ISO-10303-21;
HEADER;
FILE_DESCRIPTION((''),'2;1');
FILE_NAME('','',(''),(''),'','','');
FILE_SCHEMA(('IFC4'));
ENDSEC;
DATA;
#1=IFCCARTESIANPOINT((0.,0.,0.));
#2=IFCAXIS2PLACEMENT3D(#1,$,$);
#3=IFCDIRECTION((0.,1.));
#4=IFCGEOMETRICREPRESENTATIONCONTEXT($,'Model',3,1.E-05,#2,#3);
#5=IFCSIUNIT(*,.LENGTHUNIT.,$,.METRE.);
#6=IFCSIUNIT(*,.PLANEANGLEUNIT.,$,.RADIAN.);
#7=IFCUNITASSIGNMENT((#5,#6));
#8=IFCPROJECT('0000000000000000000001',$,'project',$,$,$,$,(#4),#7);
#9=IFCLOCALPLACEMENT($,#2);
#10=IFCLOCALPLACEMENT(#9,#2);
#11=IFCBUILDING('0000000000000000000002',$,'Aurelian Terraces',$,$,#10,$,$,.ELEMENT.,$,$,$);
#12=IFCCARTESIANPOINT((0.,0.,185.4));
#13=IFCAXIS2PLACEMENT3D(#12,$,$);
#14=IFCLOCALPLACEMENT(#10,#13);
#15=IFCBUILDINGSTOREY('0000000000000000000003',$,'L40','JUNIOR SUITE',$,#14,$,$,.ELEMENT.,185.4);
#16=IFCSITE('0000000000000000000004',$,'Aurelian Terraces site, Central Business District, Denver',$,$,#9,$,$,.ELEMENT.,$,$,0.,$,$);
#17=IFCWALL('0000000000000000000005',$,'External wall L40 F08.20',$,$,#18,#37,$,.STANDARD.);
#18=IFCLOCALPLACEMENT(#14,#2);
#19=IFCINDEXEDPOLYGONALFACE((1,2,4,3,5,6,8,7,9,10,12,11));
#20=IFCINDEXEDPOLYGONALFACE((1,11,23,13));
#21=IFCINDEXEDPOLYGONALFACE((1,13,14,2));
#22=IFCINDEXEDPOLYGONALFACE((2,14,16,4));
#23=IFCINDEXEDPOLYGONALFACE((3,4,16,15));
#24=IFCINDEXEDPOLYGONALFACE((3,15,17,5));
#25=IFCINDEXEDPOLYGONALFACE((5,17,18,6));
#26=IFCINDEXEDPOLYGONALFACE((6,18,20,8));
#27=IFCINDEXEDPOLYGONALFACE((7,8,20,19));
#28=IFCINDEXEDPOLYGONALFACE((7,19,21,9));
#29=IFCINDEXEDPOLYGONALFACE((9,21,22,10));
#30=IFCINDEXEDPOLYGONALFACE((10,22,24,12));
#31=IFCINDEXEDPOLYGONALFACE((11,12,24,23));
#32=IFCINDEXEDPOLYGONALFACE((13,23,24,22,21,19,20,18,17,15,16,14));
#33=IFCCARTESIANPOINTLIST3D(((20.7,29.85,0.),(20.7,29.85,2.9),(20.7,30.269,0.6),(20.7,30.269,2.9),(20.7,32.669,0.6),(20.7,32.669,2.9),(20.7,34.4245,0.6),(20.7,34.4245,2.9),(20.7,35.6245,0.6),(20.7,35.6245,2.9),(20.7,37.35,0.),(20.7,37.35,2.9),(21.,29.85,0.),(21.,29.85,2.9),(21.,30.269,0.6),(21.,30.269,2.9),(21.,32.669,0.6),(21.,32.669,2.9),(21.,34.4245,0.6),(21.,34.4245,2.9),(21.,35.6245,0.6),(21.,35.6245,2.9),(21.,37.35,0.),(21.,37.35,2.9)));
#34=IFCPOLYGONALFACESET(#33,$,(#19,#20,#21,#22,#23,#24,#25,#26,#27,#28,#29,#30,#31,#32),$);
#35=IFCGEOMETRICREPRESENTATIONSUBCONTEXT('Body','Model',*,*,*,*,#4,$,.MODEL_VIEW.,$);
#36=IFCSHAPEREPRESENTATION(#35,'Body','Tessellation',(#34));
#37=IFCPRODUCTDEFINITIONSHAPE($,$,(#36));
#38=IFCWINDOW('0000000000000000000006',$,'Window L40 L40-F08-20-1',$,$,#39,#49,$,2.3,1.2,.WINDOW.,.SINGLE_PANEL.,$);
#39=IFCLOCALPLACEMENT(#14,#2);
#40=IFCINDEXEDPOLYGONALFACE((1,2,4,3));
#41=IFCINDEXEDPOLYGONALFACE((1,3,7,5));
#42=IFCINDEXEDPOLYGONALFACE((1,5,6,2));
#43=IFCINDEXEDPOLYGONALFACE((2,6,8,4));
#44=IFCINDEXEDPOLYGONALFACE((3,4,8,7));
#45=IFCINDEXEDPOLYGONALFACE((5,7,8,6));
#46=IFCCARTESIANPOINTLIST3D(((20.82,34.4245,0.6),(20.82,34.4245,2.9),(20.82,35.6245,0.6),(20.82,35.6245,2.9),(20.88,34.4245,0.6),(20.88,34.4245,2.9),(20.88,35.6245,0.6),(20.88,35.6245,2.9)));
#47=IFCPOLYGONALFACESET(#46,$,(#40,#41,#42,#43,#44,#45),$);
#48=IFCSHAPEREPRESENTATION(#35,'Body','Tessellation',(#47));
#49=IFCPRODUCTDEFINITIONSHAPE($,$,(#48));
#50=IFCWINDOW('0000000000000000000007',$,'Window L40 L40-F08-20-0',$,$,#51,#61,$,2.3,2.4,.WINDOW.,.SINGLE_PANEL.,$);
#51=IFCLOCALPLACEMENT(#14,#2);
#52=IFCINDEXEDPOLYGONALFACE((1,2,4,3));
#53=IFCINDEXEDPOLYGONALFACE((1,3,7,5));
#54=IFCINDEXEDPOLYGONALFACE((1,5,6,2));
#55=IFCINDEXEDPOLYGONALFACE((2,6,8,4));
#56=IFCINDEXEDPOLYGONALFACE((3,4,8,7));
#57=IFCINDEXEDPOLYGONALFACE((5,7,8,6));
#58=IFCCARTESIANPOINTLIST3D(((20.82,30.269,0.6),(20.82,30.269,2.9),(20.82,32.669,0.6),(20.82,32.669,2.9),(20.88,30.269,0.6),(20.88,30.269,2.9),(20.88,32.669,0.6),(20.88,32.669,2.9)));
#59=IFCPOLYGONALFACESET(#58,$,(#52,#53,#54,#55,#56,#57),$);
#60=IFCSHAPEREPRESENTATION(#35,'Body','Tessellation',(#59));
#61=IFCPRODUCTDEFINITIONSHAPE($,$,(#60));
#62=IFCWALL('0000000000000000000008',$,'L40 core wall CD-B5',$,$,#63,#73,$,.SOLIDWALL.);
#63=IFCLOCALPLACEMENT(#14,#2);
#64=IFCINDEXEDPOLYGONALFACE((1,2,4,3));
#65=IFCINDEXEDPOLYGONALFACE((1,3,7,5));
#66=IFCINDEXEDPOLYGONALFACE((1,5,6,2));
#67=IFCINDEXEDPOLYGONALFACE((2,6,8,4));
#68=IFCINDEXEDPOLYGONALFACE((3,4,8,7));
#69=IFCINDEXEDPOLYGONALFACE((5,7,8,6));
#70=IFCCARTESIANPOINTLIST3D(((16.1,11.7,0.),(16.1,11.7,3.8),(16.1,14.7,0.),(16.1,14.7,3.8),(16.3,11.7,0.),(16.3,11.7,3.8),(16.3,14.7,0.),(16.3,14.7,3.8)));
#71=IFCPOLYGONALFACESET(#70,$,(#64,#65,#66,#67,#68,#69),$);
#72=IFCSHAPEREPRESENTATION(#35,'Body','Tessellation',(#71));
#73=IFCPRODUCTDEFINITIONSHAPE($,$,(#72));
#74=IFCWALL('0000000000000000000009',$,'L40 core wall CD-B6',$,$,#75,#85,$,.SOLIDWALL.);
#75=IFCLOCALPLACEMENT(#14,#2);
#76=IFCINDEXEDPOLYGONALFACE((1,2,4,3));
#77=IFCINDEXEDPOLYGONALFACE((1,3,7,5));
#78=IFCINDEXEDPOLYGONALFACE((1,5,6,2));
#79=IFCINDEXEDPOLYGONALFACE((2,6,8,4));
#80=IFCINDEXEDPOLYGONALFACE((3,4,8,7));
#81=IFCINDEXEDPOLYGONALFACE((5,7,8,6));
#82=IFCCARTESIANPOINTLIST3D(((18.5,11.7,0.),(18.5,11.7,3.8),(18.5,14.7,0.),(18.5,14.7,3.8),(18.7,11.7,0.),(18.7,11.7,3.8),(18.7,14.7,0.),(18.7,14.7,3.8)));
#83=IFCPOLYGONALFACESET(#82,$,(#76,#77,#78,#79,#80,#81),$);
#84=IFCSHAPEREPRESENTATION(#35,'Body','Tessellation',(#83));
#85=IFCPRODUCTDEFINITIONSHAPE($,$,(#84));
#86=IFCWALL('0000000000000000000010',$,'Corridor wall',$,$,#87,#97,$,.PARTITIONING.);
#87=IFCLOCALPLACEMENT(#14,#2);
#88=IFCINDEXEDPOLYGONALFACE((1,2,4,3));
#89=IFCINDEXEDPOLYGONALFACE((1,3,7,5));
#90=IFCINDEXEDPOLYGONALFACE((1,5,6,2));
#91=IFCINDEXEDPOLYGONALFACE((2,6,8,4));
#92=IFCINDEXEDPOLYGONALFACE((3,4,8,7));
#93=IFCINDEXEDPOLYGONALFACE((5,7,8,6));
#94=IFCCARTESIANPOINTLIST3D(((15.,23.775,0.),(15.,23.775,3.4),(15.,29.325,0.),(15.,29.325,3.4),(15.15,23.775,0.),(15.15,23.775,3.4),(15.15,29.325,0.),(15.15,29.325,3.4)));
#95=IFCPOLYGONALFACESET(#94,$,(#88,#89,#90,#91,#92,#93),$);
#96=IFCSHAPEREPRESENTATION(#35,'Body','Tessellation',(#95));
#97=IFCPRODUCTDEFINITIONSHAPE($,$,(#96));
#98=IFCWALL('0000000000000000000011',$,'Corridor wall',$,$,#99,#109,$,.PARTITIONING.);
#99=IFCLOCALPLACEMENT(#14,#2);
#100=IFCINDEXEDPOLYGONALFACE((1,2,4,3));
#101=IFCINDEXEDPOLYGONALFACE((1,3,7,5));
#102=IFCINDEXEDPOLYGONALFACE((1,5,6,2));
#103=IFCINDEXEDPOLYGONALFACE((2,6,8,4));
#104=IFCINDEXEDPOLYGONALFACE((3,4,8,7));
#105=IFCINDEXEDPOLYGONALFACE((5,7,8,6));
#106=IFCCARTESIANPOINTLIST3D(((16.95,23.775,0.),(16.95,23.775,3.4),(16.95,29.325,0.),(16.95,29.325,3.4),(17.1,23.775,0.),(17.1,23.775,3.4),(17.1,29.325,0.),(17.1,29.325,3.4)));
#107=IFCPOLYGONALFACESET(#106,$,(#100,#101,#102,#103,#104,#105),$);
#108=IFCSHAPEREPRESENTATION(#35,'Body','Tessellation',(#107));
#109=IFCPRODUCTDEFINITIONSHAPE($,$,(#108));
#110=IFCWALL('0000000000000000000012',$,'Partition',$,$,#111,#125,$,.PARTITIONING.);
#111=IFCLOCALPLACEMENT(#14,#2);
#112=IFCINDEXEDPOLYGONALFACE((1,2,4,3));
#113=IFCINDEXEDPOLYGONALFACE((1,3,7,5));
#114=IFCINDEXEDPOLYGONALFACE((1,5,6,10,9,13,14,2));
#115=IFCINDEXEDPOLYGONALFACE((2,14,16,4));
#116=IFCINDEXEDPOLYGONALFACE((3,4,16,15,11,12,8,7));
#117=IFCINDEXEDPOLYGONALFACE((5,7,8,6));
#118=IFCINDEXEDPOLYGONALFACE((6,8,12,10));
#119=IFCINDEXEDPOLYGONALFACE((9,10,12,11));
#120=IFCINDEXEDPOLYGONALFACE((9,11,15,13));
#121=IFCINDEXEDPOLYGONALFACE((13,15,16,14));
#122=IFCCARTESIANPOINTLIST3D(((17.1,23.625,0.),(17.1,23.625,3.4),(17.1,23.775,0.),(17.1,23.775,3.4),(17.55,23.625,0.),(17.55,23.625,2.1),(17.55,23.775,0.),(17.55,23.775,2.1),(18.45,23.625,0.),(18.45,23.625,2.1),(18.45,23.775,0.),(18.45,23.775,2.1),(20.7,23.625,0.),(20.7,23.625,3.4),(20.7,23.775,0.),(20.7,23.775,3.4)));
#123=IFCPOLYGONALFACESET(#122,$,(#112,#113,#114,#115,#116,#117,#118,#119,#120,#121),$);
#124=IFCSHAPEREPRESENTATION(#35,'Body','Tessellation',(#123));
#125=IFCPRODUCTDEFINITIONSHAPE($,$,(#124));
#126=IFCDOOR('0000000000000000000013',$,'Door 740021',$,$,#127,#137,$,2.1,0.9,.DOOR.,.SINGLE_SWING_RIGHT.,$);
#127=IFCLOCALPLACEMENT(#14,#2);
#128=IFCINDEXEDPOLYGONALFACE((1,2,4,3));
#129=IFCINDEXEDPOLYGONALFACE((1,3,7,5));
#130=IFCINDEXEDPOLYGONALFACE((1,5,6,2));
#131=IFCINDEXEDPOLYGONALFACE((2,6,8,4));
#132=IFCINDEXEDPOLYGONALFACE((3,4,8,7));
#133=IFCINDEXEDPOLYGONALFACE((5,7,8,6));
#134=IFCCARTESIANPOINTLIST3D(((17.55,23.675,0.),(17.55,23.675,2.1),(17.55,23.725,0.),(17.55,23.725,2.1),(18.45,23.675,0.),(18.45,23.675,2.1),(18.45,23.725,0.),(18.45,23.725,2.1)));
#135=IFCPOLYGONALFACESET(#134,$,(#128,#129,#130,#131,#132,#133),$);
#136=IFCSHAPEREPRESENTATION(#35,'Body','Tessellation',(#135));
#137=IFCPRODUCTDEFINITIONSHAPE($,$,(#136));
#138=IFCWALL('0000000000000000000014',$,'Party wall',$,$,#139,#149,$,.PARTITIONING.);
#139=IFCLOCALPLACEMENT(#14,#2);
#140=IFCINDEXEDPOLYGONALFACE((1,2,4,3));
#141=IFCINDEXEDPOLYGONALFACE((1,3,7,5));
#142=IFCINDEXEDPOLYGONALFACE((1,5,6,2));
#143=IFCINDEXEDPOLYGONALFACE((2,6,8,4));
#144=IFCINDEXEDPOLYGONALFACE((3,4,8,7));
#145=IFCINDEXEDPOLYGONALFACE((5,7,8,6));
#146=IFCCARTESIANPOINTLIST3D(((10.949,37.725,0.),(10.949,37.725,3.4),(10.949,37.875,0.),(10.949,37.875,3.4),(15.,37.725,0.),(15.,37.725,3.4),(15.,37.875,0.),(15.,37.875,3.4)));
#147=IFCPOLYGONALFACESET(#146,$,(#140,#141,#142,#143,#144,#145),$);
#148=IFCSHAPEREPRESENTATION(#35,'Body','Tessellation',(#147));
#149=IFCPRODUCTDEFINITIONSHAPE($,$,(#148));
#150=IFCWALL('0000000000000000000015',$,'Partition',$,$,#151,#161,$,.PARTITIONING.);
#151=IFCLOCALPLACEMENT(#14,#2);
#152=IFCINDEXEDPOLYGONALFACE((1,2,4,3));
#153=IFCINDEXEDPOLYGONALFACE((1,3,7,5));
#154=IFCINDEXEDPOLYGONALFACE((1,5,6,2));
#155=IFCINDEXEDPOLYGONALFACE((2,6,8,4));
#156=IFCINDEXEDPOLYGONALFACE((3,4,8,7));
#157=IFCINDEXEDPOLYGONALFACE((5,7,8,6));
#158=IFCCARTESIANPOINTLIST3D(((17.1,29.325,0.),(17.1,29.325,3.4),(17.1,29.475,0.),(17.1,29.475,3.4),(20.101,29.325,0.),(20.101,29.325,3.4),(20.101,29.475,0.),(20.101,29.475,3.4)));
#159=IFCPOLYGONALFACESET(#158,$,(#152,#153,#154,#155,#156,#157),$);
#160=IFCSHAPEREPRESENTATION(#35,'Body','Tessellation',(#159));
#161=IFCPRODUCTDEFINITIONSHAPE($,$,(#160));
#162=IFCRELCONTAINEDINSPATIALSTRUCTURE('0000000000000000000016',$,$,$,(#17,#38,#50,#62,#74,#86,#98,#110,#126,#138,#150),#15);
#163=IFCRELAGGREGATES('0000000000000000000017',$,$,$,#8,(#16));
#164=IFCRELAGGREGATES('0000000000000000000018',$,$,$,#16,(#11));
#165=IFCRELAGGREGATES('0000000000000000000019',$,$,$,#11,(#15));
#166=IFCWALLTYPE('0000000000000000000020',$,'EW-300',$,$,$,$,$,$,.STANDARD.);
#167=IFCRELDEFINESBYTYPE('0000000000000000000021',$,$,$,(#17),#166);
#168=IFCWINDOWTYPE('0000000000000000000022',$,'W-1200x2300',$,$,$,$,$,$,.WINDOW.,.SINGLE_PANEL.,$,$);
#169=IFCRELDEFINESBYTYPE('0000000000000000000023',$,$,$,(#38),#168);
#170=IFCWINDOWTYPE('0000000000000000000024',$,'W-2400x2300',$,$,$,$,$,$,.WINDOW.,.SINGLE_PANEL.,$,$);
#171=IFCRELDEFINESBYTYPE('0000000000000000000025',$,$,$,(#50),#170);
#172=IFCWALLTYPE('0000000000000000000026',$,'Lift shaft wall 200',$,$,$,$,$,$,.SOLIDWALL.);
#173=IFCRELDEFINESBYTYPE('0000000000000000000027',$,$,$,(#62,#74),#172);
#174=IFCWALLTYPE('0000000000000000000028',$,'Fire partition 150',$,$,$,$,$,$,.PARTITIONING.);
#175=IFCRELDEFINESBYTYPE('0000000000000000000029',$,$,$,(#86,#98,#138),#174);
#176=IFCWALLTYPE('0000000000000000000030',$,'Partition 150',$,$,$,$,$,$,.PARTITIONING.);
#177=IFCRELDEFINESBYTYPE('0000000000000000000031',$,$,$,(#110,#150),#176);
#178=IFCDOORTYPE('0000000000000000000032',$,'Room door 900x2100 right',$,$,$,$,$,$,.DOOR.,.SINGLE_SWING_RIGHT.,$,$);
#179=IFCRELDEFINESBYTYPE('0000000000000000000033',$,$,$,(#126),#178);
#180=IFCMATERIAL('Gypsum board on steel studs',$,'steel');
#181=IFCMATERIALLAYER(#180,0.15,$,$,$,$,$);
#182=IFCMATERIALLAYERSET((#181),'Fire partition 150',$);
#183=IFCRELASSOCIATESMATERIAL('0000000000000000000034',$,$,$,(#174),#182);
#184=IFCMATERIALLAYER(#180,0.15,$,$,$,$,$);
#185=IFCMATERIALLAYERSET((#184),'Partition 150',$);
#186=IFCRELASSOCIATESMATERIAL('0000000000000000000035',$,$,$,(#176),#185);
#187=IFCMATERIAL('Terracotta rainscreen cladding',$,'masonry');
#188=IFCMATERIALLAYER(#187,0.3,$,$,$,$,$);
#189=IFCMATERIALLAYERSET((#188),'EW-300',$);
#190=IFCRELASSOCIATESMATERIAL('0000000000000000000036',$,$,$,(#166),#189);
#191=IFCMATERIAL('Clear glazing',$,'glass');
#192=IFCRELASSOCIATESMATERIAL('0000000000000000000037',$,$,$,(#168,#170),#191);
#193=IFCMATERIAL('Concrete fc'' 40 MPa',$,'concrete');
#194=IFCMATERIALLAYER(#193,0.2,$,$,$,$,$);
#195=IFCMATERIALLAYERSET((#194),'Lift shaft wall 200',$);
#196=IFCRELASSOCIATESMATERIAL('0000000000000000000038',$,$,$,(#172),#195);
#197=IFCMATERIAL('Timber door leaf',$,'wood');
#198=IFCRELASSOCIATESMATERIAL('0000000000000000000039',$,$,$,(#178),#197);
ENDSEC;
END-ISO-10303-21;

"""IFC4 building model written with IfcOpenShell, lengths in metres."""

from ifc_helpers import new_model, si_unit, direction, frame, frame_2d, origin, place, context, subcontext, project, spatial, rectangle, extrude, source, transform, mapped, material, layer, layer_set, type_object, element, fill, save


model = new_model("IFC4")

# Units and contexts
model_context = context("Model", 3, precision=1e-05, world=origin(), true_north=direction((0.0, 1.0)))
body_context = subcontext(model_context, "Body", "Model", "MODEL_VIEW")
ifc_project = project(units=[si_unit("LENGTHUNIT", "METRE"), si_unit("PLANEANGLEUNIT", "RADIAN")], contexts=[model_context])

# Site, building, storey
site_placement = place(None, origin())
site = spatial("IfcSite", under=ifc_project, at=site_placement, Name="Aurelian Terraces site, Central Business District, Denver", CompositionType="ELEMENT", RefElevation=0.0)
building_placement = place(site_placement, origin())
building = spatial("IfcBuilding", under=site, at=building_placement, Name="Aurelian Terraces", CompositionType="ELEMENT")
storey_placement = place(building_placement, frame((0.0, 0.0, 185.4)))
storey = spatial("IfcBuildingStorey", under=building, at=storey_placement, Name="L40", Description="JUNIOR SUITE", CompositionType="ELEMENT", Elevation=185.4)

# Shared definitions
ifc_material_1 = material(Name="Concrete fc' 40 MPa", Category="concrete")

# Shared definitions
ifc_material_2 = material(Name="Gypsum board on steel studs", Category="steel")
ifc_layer_1 = layer(ifc_material_2, 0.15)
ifc_layer_set_1 = layer_set([ifc_layer_1], Name="Fire partition 150")
wall_type_1 = type_object("IfcWallType", Name="Fire partition 150", PredefinedType="PARTITIONING", material=ifc_layer_set_1)
shared_shape_1 = source(origin(), body_context, "Body", "SweptSolid", [
    extrude(rectangle(XDim=0.9, YDim=2.1, at=frame_2d((0.45, 1.05))), frame((0.0, 0.085, 0.0), z_axis=(0.0, -1.0, 0.0), x_axis=(1.0, 0.0, 0.0)), (0.0, 0.0, 1.0), 0.17),
])
shared_shape_2 = source(origin(), body_context, "Body", "SweptSolid", [
    extrude(rectangle(XDim=0.9, YDim=2.1, at=frame_2d((0.45, 1.05))), frame((0.0, 0.025, 0.0), z_axis=(0.0, -1.0, 0.0), x_axis=(1.0, 0.0, 0.0)), (0.0, 0.0, 1.0), 0.05),
])

# Shared definitions
ifc_layer_2 = layer(ifc_material_2, 0.15)
ifc_layer_set_2 = layer_set([ifc_layer_2], Name="Partition 150")
wall_type_2 = type_object("IfcWallType", Name="Partition 150", PredefinedType="PARTITIONING", material=ifc_layer_set_2)

# Shared definitions
ifc_material_3 = material(Name="Terracotta rainscreen cladding", Category="masonry")
ifc_layer_3 = layer(ifc_material_3, 0.3)
ifc_layer_set_3 = layer_set([ifc_layer_3], Name="EW-300")
wall_type_3 = type_object("IfcWallType", Name="EW-300", PredefinedType="STANDARD", material=ifc_layer_set_3)
ifc_material_4 = material(Name="Clear glazing", Category="glass")

# Wall, openings, windows
shared_shape_3 = source(origin(), body_context, "Body", "SweptSolid", [
    extrude(rectangle(XDim=7.5, YDim=0.3, at=frame_2d((3.75, 0.0))), origin(), (0.0, 0.0, 1.0), 2.9),
])
wall_1_placement = place(storey_placement, frame((20.85, 29.85, 0.0), z_axis=(0.0, 0.0, 1.0), x_axis=(0.0, 1.0, 0.0)))
wall_1 = element("IfcWall", 1, at=wall_1_placement, inside=storey, type_object=wall_type_3, Name="External wall L40 F08.20", PredefinedType="STANDARD", context=body_context, shape_type="MappedRepresentation", body=[
    mapped(shared_shape_3, transform((0.0, 0.0, 0.0), scale=1.0)),
])
shared_shape_4 = source(origin(), body_context, "Body", "SweptSolid", [
    extrude(rectangle(XDim=2.4, YDim=2.3, at=frame_2d((1.2, 1.15))), frame((0.0, 0.16, 0.0), z_axis=(0.0, -1.0, 0.0), x_axis=(1.0, 0.0, 0.0)), (0.0, 0.0, 1.0), 0.32),
])
opening_1_placement = place(wall_1_placement, frame((0.419, 0.0, 0.6)))
opening_1 = element("IfcOpeningElement", 2, at=opening_1_placement, cuts=wall_1, PredefinedType="OPENING", context=body_context, shape_type="MappedRepresentation", body=[
    mapped(shared_shape_4, transform((0.0, 0.0, 0.0), scale=1.0)),
])
shared_shape_5 = source(origin(), body_context, "Body", "SweptSolid", [
    extrude(rectangle(XDim=1.2, YDim=2.3, at=frame_2d((0.6, 1.15))), frame((0.0, 0.16, 0.0), z_axis=(0.0, -1.0, 0.0), x_axis=(1.0, 0.0, 0.0)), (0.0, 0.0, 1.0), 0.32),
])
opening_2_placement = place(wall_1_placement, frame((4.5745, 0.0, 0.6)))
opening_2 = element("IfcOpeningElement", 3, at=opening_2_placement, cuts=wall_1, PredefinedType="OPENING", context=body_context, shape_type="MappedRepresentation", body=[
    mapped(shared_shape_5, transform((0.0, 0.0, 0.0), scale=1.0)),
])
window_type_1 = type_object("IfcWindowType", Name="W-1200x2300", PartitioningType="SINGLE_PANEL", PredefinedType="WINDOW", material=ifc_material_4)
shared_shape_6 = source(origin(), body_context, "Body", "SweptSolid", [
    extrude(rectangle(XDim=1.2, YDim=2.3, at=frame_2d((0.6, 1.15))), frame((0.0, 0.03, 0.0), z_axis=(0.0, -1.0, 0.0), x_axis=(1.0, 0.0, 0.0)), (0.0, 0.0, 1.0), 0.06),
])
window_1_placement = place(opening_2_placement, origin())
window_1 = element("IfcWindow", 4, at=window_1_placement, inside=storey, type_object=window_type_1, Name="Window L40 L40-F08-20-1", OverallHeight=2.3, OverallWidth=1.2, PartitioningType="SINGLE_PANEL", PredefinedType="WINDOW", context=body_context, shape_type="MappedRepresentation", body=[
    mapped(shared_shape_6, transform((0.0, 0.0, 0.0), scale=1.0)),
])
fill(opening_2, window_1)
window_type_2 = type_object("IfcWindowType", Name="W-2400x2300", PartitioningType="SINGLE_PANEL", PredefinedType="WINDOW", material=ifc_material_4)
shared_shape_7 = source(origin(), body_context, "Body", "SweptSolid", [
    extrude(rectangle(XDim=2.4, YDim=2.3, at=frame_2d((1.2, 1.15))), frame((0.0, 0.03, 0.0), z_axis=(0.0, -1.0, 0.0), x_axis=(1.0, 0.0, 0.0)), (0.0, 0.0, 1.0), 0.06),
])
window_2_placement = place(opening_1_placement, origin())
window_2 = element("IfcWindow", 5, at=window_2_placement, inside=storey, type_object=window_type_2, Name="Window L40 L40-F08-20-0", OverallHeight=2.3, OverallWidth=2.4, PartitioningType="SINGLE_PANEL", PredefinedType="WINDOW", context=body_context, shape_type="MappedRepresentation", body=[
    mapped(shared_shape_7, transform((0.0, 0.0, 0.0), scale=1.0)),
])
fill(opening_1, window_2)

# Walls
ifc_layer_4 = layer(ifc_material_1, 0.2)
ifc_layer_set_4 = layer_set([ifc_layer_4], Name="Lift shaft wall 200")
wall_type_4 = type_object("IfcWallType", Name="Lift shaft wall 200", PredefinedType="SOLIDWALL", material=ifc_layer_set_4)
shared_shape_8 = source(origin(), body_context, "Body", "SweptSolid", [
    extrude(rectangle(XDim=3.0, YDim=0.2, at=frame_2d((1.5, 0.0))), origin(), (0.0, 0.0, 1.0), 3.8),
])
for number, where, z_axis, x_axis, name in (
    (6, (16.2, 11.7, 0.0), (0.0, 0.0, 1.0), (0.0, 1.0, 0.0), "L40 core wall CD-B5"),
    (7, (18.6, 11.7, 0.0), (0.0, 0.0, 1.0), (0.0, 1.0, 0.0), "L40 core wall CD-B6"),
):
    element("IfcWall", number, at=place(storey_placement, frame(where, z_axis=z_axis, x_axis=x_axis)), inside=storey, type_object=wall_type_4, Name=name, PredefinedType="SOLIDWALL", context=body_context, shape_type="MappedRepresentation", body=[
        mapped(shared_shape_8, transform((0.0, 0.0, 0.0), scale=1.0)),
    ])
shared_shape_9 = source(origin(), body_context, "Body", "SweptSolid", [
    extrude(rectangle(XDim=5.55, YDim=0.15, at=frame_2d((2.775, 0.0))), origin(), (0.0, 0.0, 1.0), 3.4),
])
for number, where, z_axis, x_axis, name in (
    (8, (15.075, 23.775, 0.0), (0.0, 0.0, 1.0), (0.0, 1.0, 0.0), "Corridor wall"),
    (9, (17.025, 29.325, 0.0), (0.0, 0.0, 1.0), (0.0, -1.0, 0.0), "Corridor wall"),
):
    element("IfcWall", number, at=place(storey_placement, frame(where, z_axis=z_axis, x_axis=x_axis)), inside=storey, type_object=wall_type_1, Name=name, PredefinedType="PARTITIONING", context=body_context, shape_type="MappedRepresentation", body=[
        mapped(shared_shape_9, transform((0.0, 0.0, 0.0), scale=1.0)),
    ])

# Wall, opening, door
shared_shape_10 = source(origin(), body_context, "Body", "SweptSolid", [
    extrude(rectangle(XDim=3.6, YDim=0.15, at=frame_2d((1.8, 0.0))), origin(), (0.0, 0.0, 1.0), 3.4),
])
wall_2_placement = place(storey_placement, frame((17.1, 23.7, 0.0), z_axis=(0.0, 0.0, 1.0), x_axis=(1.0, 0.0, 0.0)))
wall_2 = element("IfcWall", 10, at=wall_2_placement, inside=storey, type_object=wall_type_2, Name="Partition", PredefinedType="PARTITIONING", context=body_context, shape_type="MappedRepresentation", body=[
    mapped(shared_shape_10, transform((0.0, 0.0, 0.0), scale=1.0)),
])
opening_3_placement = place(wall_2_placement, frame((0.45, 0.0, 0.0)))
opening_3 = element("IfcOpeningElement", 11, at=opening_3_placement, cuts=wall_2, PredefinedType="OPENING", context=body_context, shape_type="MappedRepresentation", body=[
    mapped(shared_shape_1, transform((0.0, 0.0, 0.0), scale=1.0)),
])
ifc_material_5 = material(Name="Timber door leaf", Category="wood")
door_type_1 = type_object("IfcDoorType", Name="Room door 900x2100 right", OperationType="SINGLE_SWING_RIGHT", PredefinedType="DOOR", material=ifc_material_5)
door_1_placement = place(opening_3_placement, origin())
door_1 = element("IfcDoor", 12, at=door_1_placement, inside=storey, type_object=door_type_1, Name="Door 740021", OperationType="SINGLE_SWING_RIGHT", OverallHeight=2.1, OverallWidth=0.9, PredefinedType="DOOR", context=body_context, shape_type="MappedRepresentation", body=[
    mapped(shared_shape_2, transform((0.0, 0.0, 0.0), scale=1.0)),
])
fill(opening_3, door_1)

# Walls
shared_shape_11 = source(origin(), body_context, "Body", "SweptSolid", [
    extrude(rectangle(XDim=4.051, YDim=0.15, at=frame_2d((2.0255, 0.0))), origin(), (0.0, 0.0, 1.0), 3.4),
])
wall_3_placement = place(storey_placement, frame((15.0, 37.8, 0.0), z_axis=(0.0, 0.0, 1.0), x_axis=(-1.0, 0.0, 0.0)))
element("IfcWall", 13, at=wall_3_placement, inside=storey, type_object=wall_type_1, Name="Party wall", PredefinedType="PARTITIONING", context=body_context, shape_type="MappedRepresentation", body=[
    mapped(shared_shape_11, transform((0.0, 0.0, 0.0), scale=1.0)),
])
shared_shape_12 = source(origin(), body_context, "Body", "SweptSolid", [
    extrude(rectangle(XDim=3.001, YDim=0.15, at=frame_2d((1.5005, 0.0))), origin(), (0.0, 0.0, 1.0), 3.4),
])
wall_4_placement = place(storey_placement, frame((20.101, 29.4, 0.0), z_axis=(0.0, 0.0, 1.0), x_axis=(-1.0, 0.0, 0.0)))
element("IfcWall", 14, at=wall_4_placement, inside=storey, type_object=wall_type_2, Name="Partition", PredefinedType="PARTITIONING", context=body_context, shape_type="MappedRepresentation", body=[
    mapped(shared_shape_12, transform((0.0, 0.0, 0.0), scale=1.0)),
])

save(model, "model.ifc")
